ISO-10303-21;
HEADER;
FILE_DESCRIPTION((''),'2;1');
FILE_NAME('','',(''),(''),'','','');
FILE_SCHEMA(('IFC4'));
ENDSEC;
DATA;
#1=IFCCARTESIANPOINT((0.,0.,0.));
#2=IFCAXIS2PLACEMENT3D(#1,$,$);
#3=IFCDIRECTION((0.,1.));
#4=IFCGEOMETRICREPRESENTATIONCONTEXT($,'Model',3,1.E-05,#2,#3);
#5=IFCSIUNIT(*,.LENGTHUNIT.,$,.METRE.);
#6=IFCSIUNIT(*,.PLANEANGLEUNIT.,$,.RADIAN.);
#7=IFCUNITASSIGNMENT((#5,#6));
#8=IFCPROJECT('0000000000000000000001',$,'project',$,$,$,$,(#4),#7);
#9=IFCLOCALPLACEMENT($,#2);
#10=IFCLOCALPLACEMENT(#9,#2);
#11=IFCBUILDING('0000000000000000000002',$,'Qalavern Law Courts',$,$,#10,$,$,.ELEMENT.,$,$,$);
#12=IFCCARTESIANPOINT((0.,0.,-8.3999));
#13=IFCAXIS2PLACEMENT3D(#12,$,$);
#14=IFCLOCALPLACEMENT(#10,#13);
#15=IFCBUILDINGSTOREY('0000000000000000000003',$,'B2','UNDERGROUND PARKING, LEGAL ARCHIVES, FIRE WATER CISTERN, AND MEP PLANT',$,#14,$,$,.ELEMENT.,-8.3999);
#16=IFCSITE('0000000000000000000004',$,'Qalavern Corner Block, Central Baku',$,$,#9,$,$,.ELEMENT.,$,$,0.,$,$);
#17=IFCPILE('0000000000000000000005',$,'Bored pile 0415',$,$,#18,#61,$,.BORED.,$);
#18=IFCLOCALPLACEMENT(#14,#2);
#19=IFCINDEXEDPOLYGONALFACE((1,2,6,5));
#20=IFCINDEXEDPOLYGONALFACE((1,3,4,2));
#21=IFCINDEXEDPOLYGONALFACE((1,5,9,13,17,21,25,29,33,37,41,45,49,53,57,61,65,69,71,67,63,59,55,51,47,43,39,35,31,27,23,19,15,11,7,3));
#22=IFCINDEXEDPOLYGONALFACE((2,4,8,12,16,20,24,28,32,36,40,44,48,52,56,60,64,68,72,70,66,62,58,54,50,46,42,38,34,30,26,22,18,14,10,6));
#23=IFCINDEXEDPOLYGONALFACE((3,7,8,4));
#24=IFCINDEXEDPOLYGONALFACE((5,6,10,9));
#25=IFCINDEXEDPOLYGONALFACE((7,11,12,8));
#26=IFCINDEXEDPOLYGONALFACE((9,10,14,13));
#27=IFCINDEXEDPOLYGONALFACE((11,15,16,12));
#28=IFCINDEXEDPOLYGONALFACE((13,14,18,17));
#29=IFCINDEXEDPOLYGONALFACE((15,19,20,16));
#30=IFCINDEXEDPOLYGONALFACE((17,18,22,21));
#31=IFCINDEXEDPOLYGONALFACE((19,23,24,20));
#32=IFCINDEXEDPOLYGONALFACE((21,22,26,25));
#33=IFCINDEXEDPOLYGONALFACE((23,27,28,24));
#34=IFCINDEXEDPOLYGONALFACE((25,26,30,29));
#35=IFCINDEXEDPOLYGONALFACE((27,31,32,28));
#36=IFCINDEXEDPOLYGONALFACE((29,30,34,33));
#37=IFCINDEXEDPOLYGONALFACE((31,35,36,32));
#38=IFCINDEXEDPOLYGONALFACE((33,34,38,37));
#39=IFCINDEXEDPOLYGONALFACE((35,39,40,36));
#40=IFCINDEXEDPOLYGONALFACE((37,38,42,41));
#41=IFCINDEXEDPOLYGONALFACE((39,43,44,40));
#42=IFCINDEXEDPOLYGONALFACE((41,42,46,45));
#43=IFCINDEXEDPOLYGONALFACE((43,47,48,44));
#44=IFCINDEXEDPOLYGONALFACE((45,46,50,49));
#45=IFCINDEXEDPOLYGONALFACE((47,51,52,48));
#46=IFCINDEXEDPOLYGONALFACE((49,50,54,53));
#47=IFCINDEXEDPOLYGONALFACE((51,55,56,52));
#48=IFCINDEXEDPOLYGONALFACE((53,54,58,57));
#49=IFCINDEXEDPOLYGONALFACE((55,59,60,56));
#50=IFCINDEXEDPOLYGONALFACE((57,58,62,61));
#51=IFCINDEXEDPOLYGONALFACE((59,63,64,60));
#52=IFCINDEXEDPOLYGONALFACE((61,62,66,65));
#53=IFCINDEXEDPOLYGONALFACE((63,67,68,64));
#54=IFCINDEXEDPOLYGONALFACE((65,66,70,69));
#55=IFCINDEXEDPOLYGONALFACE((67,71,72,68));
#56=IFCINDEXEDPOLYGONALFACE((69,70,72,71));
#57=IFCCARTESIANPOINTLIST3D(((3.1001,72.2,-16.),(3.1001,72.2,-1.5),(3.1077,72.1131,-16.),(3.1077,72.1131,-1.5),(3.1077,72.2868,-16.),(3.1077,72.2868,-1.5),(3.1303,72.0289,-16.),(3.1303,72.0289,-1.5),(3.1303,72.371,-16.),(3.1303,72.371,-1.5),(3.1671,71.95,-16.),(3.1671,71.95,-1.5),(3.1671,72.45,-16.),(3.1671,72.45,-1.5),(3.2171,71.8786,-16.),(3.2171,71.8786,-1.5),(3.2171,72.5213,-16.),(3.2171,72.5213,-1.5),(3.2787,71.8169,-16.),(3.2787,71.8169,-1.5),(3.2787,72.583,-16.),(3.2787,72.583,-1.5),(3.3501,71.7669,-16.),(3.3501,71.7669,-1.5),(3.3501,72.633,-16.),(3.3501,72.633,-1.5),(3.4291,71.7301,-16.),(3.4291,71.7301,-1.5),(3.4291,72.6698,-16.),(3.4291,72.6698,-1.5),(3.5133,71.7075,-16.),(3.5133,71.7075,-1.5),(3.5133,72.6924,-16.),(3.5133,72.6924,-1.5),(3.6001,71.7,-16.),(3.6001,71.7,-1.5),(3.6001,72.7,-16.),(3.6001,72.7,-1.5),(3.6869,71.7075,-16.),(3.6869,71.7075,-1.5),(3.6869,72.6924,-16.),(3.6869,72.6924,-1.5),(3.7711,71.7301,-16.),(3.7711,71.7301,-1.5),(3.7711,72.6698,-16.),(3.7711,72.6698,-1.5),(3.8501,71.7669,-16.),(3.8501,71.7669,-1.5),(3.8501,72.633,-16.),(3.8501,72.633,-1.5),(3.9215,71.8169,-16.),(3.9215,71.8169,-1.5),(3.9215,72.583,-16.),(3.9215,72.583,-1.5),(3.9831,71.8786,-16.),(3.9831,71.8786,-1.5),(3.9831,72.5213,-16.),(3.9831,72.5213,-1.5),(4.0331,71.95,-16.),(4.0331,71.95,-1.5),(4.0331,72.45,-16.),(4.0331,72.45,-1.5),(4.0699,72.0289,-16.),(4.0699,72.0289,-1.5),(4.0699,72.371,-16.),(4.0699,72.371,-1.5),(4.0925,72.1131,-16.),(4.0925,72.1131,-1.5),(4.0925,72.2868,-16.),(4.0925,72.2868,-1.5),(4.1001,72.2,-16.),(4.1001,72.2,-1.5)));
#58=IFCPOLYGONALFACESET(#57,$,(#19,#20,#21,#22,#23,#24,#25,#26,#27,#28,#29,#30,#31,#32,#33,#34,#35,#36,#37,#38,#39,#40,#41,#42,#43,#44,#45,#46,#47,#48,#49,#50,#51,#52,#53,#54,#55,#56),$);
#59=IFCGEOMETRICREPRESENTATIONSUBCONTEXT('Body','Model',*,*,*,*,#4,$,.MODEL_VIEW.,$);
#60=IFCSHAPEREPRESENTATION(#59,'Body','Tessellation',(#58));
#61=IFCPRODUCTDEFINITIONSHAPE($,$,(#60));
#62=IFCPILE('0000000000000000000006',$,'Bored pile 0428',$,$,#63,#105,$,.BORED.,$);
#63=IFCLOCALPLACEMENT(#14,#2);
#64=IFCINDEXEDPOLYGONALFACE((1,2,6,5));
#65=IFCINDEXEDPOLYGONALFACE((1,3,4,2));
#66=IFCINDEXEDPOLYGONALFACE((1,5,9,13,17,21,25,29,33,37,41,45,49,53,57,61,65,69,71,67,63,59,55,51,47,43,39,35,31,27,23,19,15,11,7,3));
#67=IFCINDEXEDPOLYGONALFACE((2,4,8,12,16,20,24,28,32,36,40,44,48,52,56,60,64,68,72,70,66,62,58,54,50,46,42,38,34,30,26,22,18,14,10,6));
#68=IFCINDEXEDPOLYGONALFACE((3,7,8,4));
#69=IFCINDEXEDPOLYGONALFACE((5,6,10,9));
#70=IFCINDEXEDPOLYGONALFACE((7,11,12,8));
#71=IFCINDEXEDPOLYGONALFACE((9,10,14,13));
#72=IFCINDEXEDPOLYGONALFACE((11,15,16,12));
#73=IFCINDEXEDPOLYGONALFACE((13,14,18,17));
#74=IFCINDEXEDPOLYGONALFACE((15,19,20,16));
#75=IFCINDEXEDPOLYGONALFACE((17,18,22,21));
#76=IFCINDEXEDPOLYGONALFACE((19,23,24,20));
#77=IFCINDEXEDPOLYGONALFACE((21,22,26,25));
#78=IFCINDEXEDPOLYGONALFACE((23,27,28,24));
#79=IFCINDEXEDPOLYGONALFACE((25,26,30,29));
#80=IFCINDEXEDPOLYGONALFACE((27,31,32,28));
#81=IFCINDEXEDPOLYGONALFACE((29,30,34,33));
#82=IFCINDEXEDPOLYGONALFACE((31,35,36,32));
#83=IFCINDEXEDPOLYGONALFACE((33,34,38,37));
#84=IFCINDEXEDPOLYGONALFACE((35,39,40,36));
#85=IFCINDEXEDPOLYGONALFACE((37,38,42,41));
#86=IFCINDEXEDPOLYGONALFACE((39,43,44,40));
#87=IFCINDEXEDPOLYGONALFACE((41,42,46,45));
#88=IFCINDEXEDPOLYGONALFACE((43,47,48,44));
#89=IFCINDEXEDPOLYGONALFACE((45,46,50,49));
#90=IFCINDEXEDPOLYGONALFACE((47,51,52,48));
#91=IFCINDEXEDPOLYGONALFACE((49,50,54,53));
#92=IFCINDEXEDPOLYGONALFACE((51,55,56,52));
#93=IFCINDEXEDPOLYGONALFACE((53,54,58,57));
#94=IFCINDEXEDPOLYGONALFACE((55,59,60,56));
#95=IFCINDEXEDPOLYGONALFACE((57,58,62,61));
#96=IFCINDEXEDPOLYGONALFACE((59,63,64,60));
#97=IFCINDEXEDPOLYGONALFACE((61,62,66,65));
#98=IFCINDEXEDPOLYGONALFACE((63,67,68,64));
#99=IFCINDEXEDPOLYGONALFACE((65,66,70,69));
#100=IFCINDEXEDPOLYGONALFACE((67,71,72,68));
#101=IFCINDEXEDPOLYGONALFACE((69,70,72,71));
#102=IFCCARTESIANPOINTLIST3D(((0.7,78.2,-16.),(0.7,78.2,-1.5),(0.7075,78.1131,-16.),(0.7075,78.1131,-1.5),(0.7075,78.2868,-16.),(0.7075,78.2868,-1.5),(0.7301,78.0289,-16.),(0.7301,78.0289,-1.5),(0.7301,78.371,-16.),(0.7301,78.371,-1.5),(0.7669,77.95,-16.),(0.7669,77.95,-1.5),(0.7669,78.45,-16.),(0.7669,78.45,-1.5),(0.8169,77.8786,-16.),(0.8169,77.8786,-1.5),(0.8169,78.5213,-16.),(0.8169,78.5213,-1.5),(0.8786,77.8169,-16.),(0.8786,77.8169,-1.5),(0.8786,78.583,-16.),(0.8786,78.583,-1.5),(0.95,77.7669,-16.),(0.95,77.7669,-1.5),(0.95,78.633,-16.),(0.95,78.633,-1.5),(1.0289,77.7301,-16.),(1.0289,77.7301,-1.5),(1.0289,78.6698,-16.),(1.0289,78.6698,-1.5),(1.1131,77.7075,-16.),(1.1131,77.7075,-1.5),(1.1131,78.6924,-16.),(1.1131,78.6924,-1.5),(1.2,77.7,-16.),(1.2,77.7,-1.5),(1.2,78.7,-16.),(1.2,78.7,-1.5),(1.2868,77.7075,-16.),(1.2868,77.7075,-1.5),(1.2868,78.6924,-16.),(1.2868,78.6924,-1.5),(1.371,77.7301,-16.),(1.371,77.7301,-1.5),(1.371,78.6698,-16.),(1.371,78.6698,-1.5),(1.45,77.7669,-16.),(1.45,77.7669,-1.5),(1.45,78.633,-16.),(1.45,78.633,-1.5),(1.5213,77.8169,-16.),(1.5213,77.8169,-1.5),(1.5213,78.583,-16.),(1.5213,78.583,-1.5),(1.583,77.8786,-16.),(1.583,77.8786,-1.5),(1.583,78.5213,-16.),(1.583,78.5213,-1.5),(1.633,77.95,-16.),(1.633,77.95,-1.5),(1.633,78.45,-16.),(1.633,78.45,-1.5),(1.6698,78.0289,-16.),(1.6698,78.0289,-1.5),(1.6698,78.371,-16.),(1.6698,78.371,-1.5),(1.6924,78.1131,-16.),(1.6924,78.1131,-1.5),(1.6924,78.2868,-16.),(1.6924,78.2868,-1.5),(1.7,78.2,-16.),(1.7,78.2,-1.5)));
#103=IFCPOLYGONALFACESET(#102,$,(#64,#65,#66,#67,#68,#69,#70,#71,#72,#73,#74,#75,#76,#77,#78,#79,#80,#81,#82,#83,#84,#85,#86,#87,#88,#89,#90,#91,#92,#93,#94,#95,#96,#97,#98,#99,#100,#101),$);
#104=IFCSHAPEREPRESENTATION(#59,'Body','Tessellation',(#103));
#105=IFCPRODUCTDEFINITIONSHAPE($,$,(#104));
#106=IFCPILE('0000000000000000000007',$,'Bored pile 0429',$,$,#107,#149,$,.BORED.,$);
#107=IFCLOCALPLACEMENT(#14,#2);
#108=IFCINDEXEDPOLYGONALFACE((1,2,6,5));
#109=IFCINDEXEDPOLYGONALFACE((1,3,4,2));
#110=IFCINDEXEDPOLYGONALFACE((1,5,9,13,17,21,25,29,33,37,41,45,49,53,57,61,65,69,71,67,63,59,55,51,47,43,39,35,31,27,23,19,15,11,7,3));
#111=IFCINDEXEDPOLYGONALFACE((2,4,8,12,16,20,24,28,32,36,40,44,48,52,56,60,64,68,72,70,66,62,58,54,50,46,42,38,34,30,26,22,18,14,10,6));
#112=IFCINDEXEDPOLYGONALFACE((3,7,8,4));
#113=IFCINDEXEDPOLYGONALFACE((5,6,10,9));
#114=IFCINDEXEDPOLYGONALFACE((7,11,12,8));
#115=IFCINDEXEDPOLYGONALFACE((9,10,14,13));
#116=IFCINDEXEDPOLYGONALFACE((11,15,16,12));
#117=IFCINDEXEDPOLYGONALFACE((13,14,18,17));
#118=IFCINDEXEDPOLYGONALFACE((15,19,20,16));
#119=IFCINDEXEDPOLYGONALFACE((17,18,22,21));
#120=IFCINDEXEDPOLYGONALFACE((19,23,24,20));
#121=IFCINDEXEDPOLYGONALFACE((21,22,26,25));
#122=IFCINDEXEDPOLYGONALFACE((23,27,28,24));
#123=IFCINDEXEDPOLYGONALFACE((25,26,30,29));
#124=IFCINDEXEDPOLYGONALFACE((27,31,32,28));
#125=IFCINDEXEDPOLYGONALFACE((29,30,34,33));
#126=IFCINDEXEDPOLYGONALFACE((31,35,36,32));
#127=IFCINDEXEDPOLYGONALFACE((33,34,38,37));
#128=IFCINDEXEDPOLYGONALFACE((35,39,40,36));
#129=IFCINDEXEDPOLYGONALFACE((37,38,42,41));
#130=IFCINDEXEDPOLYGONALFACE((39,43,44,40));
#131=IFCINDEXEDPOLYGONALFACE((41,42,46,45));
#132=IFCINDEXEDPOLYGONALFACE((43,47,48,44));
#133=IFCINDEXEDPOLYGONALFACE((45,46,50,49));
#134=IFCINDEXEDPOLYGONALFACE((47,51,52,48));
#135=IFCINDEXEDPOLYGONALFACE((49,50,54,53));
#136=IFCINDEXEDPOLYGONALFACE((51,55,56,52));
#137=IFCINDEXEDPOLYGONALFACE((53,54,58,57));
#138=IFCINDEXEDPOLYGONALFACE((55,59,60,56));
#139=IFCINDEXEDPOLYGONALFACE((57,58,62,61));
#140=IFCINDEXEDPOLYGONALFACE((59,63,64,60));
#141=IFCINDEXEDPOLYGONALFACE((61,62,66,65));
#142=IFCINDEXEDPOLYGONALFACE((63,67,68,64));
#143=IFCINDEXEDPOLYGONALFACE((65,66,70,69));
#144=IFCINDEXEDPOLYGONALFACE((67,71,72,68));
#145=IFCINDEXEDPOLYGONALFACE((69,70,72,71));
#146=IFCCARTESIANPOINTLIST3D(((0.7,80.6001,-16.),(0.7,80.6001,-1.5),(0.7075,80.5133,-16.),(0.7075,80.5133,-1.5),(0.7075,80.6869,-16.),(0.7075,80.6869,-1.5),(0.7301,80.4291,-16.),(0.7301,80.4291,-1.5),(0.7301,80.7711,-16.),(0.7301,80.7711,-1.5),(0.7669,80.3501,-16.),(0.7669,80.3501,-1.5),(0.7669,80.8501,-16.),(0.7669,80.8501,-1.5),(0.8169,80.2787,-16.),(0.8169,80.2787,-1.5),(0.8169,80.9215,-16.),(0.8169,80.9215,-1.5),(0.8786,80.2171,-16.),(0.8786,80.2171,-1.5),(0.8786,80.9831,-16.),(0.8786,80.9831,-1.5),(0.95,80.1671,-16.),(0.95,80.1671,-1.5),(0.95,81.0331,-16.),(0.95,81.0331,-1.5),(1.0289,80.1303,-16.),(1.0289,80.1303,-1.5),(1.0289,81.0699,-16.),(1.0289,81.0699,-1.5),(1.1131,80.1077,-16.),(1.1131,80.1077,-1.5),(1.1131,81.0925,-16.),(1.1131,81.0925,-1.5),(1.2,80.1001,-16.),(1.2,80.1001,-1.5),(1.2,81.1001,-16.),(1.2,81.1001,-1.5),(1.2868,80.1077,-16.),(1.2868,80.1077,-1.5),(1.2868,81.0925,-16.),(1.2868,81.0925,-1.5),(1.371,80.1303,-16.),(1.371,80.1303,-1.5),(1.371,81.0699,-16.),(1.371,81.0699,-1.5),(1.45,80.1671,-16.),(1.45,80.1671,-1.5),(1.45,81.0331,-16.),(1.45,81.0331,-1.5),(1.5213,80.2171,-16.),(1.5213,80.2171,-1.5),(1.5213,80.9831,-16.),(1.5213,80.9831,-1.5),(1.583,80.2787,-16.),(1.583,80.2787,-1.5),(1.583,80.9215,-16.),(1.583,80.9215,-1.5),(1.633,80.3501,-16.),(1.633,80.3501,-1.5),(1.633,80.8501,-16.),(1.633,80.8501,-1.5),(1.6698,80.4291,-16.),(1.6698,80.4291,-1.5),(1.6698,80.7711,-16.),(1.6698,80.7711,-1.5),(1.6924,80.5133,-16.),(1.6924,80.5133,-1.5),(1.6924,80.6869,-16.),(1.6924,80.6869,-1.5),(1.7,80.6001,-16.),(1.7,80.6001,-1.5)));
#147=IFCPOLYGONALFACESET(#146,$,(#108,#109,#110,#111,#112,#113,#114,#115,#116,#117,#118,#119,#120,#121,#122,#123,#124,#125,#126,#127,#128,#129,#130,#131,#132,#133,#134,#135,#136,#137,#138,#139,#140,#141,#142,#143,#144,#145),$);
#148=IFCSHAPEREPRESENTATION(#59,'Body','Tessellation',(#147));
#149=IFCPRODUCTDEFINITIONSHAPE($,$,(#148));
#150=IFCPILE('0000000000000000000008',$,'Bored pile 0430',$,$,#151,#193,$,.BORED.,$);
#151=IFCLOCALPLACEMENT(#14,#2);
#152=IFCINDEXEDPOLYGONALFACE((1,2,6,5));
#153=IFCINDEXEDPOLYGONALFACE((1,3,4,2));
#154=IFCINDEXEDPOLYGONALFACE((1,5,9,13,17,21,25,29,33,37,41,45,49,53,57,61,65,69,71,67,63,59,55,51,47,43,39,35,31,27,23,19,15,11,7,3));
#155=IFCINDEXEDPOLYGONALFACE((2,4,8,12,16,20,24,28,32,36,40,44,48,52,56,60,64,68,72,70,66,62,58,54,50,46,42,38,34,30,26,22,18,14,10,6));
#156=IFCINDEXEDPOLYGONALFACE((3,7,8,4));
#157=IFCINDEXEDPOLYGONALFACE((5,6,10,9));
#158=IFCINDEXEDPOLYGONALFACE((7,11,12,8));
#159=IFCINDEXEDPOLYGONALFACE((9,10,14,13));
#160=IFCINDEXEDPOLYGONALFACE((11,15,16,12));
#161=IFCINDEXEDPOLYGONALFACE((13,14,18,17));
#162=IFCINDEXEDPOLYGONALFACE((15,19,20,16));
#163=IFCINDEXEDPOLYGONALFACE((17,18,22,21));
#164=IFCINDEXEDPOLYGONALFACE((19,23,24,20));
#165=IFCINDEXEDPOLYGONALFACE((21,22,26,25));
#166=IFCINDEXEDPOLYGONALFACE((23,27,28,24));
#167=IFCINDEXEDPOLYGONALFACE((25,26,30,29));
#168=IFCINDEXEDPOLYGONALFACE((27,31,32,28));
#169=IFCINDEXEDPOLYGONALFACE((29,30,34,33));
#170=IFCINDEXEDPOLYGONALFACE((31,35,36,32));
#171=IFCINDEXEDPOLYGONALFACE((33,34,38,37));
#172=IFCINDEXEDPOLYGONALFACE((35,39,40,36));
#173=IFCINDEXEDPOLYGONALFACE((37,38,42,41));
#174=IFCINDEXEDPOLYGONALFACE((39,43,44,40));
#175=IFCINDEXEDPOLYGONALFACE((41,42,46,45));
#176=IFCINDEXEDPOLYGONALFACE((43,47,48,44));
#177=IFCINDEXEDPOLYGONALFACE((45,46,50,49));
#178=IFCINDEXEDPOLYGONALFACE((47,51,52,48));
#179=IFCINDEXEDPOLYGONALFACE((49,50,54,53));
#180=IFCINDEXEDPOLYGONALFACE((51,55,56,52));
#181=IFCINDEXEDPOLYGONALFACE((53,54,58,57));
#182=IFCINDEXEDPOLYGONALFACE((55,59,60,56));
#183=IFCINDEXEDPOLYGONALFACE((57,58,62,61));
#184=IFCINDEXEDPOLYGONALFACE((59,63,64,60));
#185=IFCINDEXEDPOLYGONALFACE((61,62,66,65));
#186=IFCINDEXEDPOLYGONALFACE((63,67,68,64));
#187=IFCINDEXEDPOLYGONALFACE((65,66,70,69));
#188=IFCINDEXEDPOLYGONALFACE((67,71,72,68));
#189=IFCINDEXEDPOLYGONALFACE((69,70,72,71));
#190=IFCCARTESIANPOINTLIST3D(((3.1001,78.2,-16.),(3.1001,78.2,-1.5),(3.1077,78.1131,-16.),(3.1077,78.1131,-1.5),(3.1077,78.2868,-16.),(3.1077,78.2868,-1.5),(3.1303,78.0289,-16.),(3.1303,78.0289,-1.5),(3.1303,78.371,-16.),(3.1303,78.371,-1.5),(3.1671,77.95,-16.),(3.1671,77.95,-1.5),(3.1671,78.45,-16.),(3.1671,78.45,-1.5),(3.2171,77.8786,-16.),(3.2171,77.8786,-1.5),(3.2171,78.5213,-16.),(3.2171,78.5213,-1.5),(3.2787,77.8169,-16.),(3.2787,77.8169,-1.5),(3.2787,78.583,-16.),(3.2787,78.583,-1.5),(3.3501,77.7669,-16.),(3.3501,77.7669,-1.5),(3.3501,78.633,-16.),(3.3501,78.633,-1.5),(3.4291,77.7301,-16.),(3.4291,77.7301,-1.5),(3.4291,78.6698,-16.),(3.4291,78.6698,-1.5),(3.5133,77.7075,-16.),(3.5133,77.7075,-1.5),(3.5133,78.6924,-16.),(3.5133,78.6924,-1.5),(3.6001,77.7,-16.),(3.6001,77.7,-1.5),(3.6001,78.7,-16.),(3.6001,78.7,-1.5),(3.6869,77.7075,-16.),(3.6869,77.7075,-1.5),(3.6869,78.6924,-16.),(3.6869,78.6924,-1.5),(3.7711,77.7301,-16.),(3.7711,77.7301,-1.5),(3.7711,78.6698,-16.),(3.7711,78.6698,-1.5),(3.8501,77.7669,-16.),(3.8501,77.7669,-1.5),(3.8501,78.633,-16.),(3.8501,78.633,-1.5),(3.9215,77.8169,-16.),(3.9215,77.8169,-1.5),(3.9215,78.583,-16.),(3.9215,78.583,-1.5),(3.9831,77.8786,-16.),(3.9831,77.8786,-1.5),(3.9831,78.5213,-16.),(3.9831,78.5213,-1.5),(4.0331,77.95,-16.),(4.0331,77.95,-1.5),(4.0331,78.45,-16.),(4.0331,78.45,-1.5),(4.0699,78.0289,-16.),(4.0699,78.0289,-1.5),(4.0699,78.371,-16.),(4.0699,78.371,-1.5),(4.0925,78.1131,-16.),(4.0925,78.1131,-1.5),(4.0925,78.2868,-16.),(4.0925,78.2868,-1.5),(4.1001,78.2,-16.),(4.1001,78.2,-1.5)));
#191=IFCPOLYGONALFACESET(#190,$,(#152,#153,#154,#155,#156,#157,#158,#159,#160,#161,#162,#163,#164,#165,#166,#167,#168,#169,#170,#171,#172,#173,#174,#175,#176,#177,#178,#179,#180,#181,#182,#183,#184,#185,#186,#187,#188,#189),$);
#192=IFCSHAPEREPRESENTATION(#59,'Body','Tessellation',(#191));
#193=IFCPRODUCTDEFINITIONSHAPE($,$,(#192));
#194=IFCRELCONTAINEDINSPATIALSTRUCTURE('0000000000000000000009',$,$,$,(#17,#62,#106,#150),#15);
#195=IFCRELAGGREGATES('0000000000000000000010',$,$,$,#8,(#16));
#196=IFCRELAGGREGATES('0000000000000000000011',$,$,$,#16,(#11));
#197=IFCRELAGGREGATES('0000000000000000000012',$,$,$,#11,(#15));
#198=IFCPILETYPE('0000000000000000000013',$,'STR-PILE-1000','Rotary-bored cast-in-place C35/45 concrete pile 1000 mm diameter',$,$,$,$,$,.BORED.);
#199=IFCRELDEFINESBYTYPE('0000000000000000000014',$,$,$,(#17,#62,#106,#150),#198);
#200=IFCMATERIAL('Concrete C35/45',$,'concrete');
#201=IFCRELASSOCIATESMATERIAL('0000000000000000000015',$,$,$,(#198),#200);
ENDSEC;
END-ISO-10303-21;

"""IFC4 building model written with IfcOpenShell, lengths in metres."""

from ifc_helpers import new_model, si_unit, direction, frame, origin, origin_2d, place, context, subcontext, project, spatial, circle, extrude, material, material_profile, profile_set, type_object, element, save


model = new_model("IFC4")

# Units and contexts
model_context = context("Model", 3, precision=1e-05, world=origin(), true_north=direction((0.0, 1.0)))
body_context = subcontext(model_context, "Body", "Model", "MODEL_VIEW")
ifc_project = project(units=[si_unit("LENGTHUNIT", "METRE"), si_unit("PLANEANGLEUNIT", "RADIAN")], contexts=[model_context])

# Site, building, storey
site_placement = place(None, origin())
site = spatial("IfcSite", under=ifc_project, at=site_placement, Name="Qalavern Corner Block, Central Baku", CompositionType="ELEMENT", RefElevation=0.0)
building_placement = place(site_placement, origin())
building = spatial("IfcBuilding", under=site, at=building_placement, Name="Qalavern Law Courts", CompositionType="ELEMENT")
storey_placement = place(building_placement, frame((0.0, 0.0, -8.3999)))
storey = spatial("IfcBuildingStorey", under=building, at=storey_placement, Name="B2", Description="UNDERGROUND PARKING, LEGAL ARCHIVES, FIRE WATER CISTERN, AND MEP PLANT", CompositionType="ELEMENT", Elevation=-8.3999)

# Shared definitions
ifc_material_1 = material(Name="Concrete C35/45", Category="concrete")

# Piles
ifc_material_profile_1 = material_profile(ifc_material_1, circle(Radius=0.5, at=origin_2d()), Name="BORED PILE 1000")
ifc_profile_set_1 = profile_set([ifc_material_profile_1], Name="Concrete C35/45")
pile_type_1 = type_object("IfcPileType", Name="STR-PILE-1000", Description="Rotary-bored cast-in-place C35/45 concrete pile 1000 mm diameter", PredefinedType="BORED", material=ifc_profile_set_1)
for number, where, z_axis, x_axis, name in (
    (1, (3.6001, 72.2, -1.5), (0.0, 0.0, -1.0), (1.0, 0.0, 0.0), "Bored pile 0415"),
    (2, (1.2, 78.2, -1.5), (0.0, 0.0, -1.0), (1.0, 0.0, 0.0), "Bored pile 0428"),
    (3, (1.2, 80.6001, -1.5), (0.0, 0.0, -1.0), (1.0, 0.0, 0.0), "Bored pile 0429"),
    (4, (3.6001, 78.2, -1.5), (0.0, 0.0, -1.0), (1.0, 0.0, 0.0), "Bored pile 0430"),
):
    element("IfcPile", number, at=place(storey_placement, frame(where, z_axis=z_axis, x_axis=x_axis)), inside=storey, type_object=pile_type_1, Name=name, PredefinedType="BORED", context=body_context, shape_type="SweptSolid", body=[
        extrude(circle(Radius=0.5, at=origin_2d()), origin(), (0.0, 0.0, 1.0), 14.5),
    ])

save(model, "model.ifc")
